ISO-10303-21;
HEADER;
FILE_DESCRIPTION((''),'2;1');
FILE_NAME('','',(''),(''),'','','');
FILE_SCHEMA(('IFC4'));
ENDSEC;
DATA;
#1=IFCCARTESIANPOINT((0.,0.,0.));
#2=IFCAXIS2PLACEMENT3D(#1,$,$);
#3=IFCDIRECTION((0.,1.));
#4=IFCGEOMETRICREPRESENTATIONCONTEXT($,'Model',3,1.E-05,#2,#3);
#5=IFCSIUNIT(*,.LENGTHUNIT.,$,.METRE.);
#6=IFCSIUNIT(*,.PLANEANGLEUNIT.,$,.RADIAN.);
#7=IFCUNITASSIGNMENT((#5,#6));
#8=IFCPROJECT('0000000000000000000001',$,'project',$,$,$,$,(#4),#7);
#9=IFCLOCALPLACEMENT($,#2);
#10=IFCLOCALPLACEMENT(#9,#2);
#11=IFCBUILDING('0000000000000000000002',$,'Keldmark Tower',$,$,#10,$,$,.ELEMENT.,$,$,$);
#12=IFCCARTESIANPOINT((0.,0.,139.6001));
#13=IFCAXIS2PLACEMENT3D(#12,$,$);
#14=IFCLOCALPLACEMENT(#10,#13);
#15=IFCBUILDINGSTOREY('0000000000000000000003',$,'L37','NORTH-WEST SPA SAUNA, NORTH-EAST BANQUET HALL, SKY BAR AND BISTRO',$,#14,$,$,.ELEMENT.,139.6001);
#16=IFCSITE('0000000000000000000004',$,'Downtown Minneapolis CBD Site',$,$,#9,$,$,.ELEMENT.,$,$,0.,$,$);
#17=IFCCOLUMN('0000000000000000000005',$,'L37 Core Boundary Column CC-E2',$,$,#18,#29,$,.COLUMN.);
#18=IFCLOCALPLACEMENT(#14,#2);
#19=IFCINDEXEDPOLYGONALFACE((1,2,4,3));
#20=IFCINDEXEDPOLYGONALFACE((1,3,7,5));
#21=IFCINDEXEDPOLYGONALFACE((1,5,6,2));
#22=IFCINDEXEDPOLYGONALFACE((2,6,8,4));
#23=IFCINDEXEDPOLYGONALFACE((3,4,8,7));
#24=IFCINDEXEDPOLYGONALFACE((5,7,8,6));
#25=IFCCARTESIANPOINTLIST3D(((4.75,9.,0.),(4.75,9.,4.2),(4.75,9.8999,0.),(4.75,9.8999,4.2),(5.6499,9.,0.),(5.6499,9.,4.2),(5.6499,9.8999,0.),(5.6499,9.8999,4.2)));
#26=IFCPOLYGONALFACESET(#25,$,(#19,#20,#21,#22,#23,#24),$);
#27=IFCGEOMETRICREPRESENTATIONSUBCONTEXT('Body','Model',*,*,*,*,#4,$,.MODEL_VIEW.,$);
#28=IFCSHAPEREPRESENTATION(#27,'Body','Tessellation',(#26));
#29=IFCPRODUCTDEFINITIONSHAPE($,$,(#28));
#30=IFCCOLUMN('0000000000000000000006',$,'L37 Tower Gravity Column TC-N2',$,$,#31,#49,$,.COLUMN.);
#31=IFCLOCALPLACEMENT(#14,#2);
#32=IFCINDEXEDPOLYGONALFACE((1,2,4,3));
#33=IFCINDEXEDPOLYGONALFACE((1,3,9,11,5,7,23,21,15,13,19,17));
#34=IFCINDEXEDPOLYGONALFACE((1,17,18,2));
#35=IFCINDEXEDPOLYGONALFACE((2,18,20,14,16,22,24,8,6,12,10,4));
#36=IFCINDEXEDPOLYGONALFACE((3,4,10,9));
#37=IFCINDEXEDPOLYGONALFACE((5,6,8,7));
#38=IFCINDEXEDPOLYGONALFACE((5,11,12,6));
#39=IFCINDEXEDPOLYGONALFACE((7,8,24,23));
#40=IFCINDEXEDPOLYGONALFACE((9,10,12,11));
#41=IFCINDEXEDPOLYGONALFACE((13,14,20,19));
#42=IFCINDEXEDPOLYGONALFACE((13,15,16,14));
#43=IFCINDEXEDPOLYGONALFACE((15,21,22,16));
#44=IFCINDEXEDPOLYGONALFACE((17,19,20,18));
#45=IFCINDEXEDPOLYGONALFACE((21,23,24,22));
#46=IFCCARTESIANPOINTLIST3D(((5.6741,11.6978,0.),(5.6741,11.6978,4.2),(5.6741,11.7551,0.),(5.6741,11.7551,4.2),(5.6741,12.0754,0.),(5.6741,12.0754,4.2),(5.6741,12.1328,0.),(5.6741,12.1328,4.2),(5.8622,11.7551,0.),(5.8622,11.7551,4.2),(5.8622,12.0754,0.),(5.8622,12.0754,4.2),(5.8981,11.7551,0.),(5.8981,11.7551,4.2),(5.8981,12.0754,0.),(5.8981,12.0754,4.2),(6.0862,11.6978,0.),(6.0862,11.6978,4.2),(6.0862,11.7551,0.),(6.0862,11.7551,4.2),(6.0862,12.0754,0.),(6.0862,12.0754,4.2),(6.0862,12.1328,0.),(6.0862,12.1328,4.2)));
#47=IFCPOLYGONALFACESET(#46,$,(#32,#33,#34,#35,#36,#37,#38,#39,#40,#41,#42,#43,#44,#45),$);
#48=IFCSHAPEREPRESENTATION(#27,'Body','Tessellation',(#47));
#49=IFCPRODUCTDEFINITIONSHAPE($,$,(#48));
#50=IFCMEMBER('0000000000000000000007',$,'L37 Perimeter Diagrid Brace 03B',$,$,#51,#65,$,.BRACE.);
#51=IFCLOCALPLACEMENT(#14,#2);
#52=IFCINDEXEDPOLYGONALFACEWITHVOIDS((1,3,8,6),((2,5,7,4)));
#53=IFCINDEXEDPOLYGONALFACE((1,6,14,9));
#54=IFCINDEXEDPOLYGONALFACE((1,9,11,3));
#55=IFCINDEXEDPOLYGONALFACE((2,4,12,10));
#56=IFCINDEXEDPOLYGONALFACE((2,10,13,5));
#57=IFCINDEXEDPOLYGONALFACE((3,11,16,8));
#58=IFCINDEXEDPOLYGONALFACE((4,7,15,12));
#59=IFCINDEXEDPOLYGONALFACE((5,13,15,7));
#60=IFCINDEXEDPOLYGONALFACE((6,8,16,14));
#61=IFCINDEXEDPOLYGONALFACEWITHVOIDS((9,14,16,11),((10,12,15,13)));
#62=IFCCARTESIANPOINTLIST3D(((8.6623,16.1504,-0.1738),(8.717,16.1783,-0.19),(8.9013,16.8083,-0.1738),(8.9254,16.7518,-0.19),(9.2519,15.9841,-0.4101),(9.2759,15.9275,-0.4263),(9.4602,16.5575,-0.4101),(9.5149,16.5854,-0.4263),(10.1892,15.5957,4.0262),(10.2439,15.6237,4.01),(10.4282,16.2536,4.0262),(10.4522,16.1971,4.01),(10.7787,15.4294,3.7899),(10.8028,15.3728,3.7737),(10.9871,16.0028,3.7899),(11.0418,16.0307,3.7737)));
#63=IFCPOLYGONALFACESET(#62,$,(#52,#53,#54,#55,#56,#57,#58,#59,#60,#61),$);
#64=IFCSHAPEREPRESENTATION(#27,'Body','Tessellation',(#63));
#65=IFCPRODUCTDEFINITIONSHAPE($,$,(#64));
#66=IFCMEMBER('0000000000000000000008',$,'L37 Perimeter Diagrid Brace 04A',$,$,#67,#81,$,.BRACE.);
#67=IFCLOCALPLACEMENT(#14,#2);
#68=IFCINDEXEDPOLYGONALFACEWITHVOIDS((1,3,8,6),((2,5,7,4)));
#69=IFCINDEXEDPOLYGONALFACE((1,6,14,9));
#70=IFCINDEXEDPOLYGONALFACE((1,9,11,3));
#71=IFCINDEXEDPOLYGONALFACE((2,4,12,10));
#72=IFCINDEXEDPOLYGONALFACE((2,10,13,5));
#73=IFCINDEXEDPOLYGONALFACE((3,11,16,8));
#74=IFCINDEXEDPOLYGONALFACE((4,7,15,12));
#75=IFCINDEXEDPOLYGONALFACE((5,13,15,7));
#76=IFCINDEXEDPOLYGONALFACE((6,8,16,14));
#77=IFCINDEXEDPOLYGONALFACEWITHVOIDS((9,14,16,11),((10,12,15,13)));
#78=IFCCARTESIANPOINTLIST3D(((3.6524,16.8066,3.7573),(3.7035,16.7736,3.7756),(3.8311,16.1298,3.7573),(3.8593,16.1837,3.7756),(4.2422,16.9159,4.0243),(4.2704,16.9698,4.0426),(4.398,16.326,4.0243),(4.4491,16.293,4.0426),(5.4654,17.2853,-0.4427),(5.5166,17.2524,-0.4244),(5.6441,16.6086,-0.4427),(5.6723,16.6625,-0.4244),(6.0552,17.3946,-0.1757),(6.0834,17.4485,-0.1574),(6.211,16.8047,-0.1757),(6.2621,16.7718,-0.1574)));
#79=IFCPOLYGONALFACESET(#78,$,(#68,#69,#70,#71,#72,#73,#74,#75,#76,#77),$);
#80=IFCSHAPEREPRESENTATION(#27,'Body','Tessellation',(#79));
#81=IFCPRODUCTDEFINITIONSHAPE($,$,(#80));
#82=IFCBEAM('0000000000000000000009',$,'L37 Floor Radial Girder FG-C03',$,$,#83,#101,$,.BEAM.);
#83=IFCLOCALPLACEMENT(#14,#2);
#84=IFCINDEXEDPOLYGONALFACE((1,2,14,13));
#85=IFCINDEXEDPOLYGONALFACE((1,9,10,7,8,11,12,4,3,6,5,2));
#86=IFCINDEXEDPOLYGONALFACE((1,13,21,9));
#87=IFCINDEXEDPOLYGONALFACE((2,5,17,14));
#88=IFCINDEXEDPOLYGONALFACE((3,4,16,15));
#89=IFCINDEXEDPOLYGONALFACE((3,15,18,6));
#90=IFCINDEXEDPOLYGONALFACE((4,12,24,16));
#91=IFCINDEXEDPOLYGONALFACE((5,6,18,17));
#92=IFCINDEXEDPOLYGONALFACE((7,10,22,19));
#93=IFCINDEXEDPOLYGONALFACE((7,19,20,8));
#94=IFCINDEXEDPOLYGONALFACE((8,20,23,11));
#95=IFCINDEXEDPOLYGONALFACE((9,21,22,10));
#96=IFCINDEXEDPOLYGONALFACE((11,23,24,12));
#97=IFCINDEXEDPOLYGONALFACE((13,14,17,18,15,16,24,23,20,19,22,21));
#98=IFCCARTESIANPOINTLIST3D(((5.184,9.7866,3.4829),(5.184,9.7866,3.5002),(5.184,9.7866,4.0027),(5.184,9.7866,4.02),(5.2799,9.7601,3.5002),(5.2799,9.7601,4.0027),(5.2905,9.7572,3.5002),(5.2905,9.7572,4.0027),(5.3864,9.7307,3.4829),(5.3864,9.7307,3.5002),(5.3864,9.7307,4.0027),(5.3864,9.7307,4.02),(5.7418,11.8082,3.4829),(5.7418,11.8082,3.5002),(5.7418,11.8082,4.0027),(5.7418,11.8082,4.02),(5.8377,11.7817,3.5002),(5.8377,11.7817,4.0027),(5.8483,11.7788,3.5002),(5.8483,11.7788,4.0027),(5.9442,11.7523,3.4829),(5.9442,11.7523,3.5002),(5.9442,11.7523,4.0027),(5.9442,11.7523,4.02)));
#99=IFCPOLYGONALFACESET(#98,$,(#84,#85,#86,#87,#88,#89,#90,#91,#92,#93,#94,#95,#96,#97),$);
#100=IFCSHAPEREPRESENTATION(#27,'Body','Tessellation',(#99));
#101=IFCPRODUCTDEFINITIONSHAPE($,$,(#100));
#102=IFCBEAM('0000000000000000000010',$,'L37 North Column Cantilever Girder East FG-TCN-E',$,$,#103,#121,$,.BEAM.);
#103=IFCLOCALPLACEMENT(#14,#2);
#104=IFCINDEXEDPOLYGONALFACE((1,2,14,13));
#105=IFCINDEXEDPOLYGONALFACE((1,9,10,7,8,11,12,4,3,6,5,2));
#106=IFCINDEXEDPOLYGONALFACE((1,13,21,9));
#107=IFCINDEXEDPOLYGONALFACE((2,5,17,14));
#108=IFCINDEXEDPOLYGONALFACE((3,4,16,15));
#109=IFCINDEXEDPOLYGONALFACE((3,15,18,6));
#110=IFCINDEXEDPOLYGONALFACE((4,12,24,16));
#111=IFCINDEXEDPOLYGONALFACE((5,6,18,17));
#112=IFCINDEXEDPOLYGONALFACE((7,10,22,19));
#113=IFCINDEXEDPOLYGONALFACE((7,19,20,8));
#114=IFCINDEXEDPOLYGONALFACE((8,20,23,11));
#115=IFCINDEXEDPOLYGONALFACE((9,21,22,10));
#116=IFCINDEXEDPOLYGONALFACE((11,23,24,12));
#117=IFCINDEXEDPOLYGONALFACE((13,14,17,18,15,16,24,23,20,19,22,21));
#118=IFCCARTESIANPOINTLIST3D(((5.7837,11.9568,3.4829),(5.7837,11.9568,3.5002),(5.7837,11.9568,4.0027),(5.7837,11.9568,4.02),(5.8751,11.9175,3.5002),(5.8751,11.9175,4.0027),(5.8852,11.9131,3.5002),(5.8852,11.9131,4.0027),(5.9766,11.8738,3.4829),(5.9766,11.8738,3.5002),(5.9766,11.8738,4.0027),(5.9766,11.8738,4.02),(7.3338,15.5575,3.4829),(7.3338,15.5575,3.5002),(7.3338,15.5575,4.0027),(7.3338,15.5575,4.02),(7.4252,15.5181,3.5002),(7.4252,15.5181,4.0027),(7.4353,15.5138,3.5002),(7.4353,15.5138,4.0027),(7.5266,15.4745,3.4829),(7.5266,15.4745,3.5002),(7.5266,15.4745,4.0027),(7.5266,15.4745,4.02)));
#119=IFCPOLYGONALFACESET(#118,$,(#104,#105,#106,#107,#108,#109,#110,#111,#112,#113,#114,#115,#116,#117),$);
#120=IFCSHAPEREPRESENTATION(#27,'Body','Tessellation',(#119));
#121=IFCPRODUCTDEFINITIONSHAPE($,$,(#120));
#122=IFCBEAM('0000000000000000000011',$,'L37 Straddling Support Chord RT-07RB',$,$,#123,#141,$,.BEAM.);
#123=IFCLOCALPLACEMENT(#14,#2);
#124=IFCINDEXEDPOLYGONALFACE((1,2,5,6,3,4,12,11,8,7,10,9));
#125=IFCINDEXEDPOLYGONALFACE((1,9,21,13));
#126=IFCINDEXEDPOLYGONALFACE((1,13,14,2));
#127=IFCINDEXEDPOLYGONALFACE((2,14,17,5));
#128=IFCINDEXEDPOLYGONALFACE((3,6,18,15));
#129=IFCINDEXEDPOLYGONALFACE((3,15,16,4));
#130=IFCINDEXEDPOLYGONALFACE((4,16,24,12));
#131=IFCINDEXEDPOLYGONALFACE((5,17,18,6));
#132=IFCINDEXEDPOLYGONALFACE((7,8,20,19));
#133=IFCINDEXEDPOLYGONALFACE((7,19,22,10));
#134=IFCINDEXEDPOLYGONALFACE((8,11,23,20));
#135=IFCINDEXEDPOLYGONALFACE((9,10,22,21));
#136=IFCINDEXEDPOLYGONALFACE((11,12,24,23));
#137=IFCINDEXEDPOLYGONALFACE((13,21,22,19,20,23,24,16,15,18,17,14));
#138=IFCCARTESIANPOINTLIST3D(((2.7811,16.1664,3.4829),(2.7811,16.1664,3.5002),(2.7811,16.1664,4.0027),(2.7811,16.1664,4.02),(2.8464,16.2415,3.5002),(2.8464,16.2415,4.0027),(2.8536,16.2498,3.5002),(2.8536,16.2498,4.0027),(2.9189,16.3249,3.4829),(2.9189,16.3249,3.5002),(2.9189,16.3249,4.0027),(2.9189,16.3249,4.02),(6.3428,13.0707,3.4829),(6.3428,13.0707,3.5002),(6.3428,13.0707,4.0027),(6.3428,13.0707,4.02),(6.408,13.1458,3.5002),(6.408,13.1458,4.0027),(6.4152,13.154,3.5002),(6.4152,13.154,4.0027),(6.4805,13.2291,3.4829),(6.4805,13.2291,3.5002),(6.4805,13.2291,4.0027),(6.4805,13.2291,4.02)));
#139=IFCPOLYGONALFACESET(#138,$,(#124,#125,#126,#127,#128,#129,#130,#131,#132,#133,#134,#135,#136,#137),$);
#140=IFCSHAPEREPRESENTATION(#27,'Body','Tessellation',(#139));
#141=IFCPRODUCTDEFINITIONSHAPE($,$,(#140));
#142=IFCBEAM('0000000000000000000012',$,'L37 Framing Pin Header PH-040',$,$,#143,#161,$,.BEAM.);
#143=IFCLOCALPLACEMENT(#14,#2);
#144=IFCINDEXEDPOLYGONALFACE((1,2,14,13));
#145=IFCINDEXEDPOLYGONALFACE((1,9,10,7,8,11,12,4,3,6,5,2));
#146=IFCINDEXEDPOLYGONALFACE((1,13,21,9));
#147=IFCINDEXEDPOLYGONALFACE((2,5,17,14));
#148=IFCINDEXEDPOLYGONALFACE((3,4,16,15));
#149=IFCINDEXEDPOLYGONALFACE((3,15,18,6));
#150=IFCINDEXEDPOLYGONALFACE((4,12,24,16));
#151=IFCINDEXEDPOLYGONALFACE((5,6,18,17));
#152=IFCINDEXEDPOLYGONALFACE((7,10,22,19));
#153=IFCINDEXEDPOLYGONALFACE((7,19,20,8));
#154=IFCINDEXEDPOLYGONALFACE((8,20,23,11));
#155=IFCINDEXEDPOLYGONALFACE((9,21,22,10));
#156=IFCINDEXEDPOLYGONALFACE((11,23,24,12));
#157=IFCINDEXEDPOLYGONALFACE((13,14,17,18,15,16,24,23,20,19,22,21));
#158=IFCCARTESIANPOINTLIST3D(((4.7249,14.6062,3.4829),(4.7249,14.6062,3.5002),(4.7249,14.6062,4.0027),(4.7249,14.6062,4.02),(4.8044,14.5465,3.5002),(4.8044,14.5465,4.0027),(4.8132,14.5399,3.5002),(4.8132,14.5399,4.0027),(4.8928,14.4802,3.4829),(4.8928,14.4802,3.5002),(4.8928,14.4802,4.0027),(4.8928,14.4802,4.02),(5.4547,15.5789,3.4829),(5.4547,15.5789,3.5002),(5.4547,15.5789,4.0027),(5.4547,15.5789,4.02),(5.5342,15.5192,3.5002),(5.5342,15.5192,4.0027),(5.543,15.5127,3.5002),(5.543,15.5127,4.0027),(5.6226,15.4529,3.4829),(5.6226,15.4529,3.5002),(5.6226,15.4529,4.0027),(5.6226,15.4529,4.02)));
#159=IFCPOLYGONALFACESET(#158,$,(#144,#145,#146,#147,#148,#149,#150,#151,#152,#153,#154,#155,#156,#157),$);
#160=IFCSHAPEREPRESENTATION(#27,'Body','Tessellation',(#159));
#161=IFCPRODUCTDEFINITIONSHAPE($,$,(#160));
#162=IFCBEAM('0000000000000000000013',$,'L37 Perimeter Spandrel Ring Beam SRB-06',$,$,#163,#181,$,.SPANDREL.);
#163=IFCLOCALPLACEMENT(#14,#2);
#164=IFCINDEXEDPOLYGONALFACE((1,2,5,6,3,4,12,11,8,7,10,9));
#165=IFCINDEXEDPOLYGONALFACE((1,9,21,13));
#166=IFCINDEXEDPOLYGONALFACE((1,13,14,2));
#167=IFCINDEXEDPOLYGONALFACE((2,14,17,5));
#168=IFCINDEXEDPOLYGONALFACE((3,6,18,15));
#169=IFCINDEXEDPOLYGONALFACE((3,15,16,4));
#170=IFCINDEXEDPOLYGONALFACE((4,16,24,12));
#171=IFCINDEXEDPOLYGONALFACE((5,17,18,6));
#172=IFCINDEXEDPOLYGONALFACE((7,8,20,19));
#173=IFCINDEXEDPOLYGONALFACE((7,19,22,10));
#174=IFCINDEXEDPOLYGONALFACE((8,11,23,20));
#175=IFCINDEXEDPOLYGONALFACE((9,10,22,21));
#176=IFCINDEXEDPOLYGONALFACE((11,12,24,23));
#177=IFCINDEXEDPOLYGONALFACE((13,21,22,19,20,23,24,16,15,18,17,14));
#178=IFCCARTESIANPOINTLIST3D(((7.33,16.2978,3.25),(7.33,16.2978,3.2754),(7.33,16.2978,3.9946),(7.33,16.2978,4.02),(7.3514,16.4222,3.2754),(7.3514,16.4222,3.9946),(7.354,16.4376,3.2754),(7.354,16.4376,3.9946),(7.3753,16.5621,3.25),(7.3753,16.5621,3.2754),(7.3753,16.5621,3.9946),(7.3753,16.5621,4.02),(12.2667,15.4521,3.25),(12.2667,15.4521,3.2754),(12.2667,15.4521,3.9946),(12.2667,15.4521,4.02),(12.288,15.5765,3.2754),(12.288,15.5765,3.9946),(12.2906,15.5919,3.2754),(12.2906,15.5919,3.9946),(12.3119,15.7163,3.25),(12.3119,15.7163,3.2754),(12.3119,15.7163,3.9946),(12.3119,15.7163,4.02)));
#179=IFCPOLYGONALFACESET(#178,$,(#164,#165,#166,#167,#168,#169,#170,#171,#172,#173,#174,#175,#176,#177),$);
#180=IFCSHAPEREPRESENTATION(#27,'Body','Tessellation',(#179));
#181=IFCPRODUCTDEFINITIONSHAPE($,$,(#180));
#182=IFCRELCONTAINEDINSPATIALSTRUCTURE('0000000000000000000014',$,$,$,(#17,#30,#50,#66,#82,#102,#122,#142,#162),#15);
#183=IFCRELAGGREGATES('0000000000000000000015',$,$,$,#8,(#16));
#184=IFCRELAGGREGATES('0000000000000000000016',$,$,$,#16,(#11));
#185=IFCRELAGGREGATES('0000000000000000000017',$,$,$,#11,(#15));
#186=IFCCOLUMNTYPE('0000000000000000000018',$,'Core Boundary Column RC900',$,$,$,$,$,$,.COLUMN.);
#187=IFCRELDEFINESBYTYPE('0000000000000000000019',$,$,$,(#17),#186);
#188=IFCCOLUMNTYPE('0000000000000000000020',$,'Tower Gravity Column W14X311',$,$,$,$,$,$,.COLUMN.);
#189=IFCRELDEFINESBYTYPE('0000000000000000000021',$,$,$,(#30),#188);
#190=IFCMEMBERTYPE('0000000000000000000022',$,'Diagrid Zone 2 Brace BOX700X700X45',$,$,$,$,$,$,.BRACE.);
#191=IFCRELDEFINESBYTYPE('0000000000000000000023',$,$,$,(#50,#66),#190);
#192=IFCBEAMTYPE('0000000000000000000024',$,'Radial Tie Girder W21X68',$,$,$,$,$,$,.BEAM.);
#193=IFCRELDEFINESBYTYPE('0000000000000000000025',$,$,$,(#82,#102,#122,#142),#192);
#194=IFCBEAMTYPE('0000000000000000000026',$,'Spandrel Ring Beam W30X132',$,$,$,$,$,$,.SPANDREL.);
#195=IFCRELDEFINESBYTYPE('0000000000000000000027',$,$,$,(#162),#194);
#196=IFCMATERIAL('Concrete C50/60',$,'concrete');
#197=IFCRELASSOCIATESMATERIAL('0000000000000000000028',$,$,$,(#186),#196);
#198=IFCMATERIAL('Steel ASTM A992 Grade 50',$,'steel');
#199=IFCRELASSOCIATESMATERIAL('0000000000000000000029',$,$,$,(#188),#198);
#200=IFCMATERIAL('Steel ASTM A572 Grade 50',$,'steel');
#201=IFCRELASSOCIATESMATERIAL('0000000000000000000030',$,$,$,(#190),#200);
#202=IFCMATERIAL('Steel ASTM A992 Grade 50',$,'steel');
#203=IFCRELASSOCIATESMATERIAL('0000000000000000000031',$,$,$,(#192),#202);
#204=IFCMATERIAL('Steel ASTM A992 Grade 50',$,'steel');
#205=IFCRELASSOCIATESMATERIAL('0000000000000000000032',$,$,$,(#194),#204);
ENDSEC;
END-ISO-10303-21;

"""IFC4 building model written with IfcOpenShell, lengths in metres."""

from ifc_helpers import new_model, si_unit, direction, frame, origin, origin_2d, place, context, subcontext, project, spatial, rectangle, hollow_rectangle, i_section, extrude, material, material_profile, profile_set, type_object, element, save


model = new_model("IFC4")

# Units and contexts
model_context = context("Model", 3, precision=1e-05, world=origin(), true_north=direction((0.0, 1.0)))
body_context = subcontext(model_context, "Body", "Model", "MODEL_VIEW")
ifc_project = project(units=[si_unit("LENGTHUNIT", "METRE"), si_unit("PLANEANGLEUNIT", "RADIAN")], contexts=[model_context])

# Site, building, storey
site_placement = place(None, origin())
site = spatial("IfcSite", under=ifc_project, at=site_placement, Name="Downtown Minneapolis CBD Site", CompositionType="ELEMENT", RefElevation=0.0)
building_placement = place(site_placement, origin())
building = spatial("IfcBuilding", under=site, at=building_placement, Name="Keldmark Tower", CompositionType="ELEMENT")
storey_placement = place(building_placement, frame((0.0, 0.0, 139.6001)))
storey = spatial("IfcBuildingStorey", under=building, at=storey_placement, Name="L37", Description="NORTH-WEST SPA SAUNA, NORTH-EAST BANQUET HALL, SKY BAR AND BISTRO", CompositionType="ELEMENT", Elevation=139.6001)

# Columns
ifc_material_1 = material(Name="Concrete C50/60", Category="concrete")
ifc_material_profile_1 = material_profile(ifc_material_1, rectangle(XDim=0.8999, YDim=0.8999, at=origin_2d()), Name="RC900X900")
ifc_profile_set_1 = profile_set([ifc_material_profile_1], Name="Concrete C50/60")
column_type_1 = type_object("IfcColumnType", Name="Core Boundary Column RC900", PredefinedType="COLUMN", material=ifc_profile_set_1)
column_1_placement = place(storey_placement, frame((5.2, 9.45, 0.0), z_axis=(0.0, 0.0, 1.0), x_axis=(1.0, 0.0, 0.0)))
element("IfcColumn", 1, at=column_1_placement, inside=storey, type_object=column_type_1, Name="L37 Core Boundary Column CC-E2", PredefinedType="COLUMN", context=body_context, shape_type="SweptSolid", body=[
    extrude(rectangle(XDim=0.8999, YDim=0.8999, at=origin_2d()), origin(), (0.0, 0.0, 1.0), 4.2),
])
ifc_material_2 = material(Name="Steel ASTM A992 Grade 50", Category="steel")
ifc_material_profile_2 = material_profile(ifc_material_2, i_section(OverallWidth=0.4121, OverallDepth=0.4351, WebThickness=0.0359, FlangeThickness=0.0574, at=origin_2d()), Name="W14X311")
ifc_profile_set_2 = profile_set([ifc_material_profile_2], Name="Steel ASTM A992 Grade 50")
column_type_2 = type_object("IfcColumnType", Name="Tower Gravity Column W14X311", PredefinedType="COLUMN", material=ifc_profile_set_2)
column_2_placement = place(storey_placement, frame((5.8801, 11.9153, 0.0), z_axis=(0.0, 0.0, 1.0), x_axis=(1.0, 0.0, 0.0)))
element("IfcColumn", 2, at=column_2_placement, inside=storey, type_object=column_type_2, Name="L37 Tower Gravity Column TC-N2", PredefinedType="COLUMN", context=body_context, shape_type="SweptSolid", body=[
    extrude(i_section(OverallWidth=0.4121, OverallDepth=0.4351, WebThickness=0.0359, FlangeThickness=0.0574, at=origin_2d()), origin(), (0.0, 0.0, 1.0), 4.2),
])

# Members
ifc_material_3 = material(Name="Steel ASTM A572 Grade 50", Category="steel")
ifc_material_profile_3 = material_profile(ifc_material_3, hollow_rectangle(XDim=0.7, YDim=0.7, WallThickness=0.0449, at=origin_2d()), Name="BOX700X700X45")
ifc_profile_set_3 = profile_set([ifc_material_profile_3], Name="Steel ASTM A572 Grade 50")
member_type = type_object("IfcMemberType", Name="Diagrid Zone 2 Brace BOX700X700X45", PredefinedType="BRACE", material=ifc_profile_set_3)
member_1_placement = place(storey_placement, frame((9.0886, 16.3679, -0.3), z_axis=(0.339062, -0.123177, 0.932665), x_axis=(0.341453, 0.939899, 0.0)))
element("IfcMember", 3, at=member_1_placement, inside=storey, type_object=member_type, Name="L37 Perimeter Diagrid Brace 03B", PredefinedType="BRACE", context=body_context, shape_type="SweptSolid", body=[
    extrude(hollow_rectangle(XDim=0.7, YDim=0.7, WallThickness=0.0449, at=origin_2d()), origin(), (0.0, 0.0, 1.0), 4.5032),
])
member_2_placement = place(storey_placement, frame((5.8638, 17.0286, -0.3), z_axis=(-0.394168, -0.104089, 0.913125), x_axis=(0.25532, -0.966857, 0.0)))
element("IfcMember", 4, at=member_2_placement, inside=storey, type_object=member_type, Name="L37 Perimeter Diagrid Brace 04A", PredefinedType="BRACE", context=body_context, shape_type="SweptSolid", body=[
    extrude(hollow_rectangle(XDim=0.7, YDim=0.7, WallThickness=0.0449, at=origin_2d()), origin(), (0.0, 0.0, 1.0), 4.5996),
])

# Beams
ifc_material_4 = material(Name="Steel ASTM A992 Grade 50", Category="steel")
ifc_material_profile_4 = material_profile(ifc_material_4, i_section(OverallWidth=0.21, OverallDepth=0.5371, WebThickness=0.011, FlangeThickness=0.0173, at=origin_2d()), Name="W21X68")
ifc_profile_set_4 = profile_set([ifc_material_profile_4], Name="Steel ASTM A992 Grade 50")
beam_type_1 = type_object("IfcBeamType", Name="Radial Tie Girder W21X68", PredefinedType="BEAM", material=ifc_profile_set_4)
beam_1_placement = place(storey_placement, frame((5.843, 11.7803, 3.7515), z_axis=(-0.265992, -0.963975, 0.0), x_axis=(0.963975, -0.265992, 0.0)))
element("IfcBeam", 5, at=beam_1_placement, inside=storey, type_object=beam_type_1, Name="L37 Floor Radial Girder FG-C03", PredefinedType="BEAM", context=body_context, shape_type="SweptSolid", body=[
    extrude(i_section(OverallWidth=0.21, OverallDepth=0.5371, WebThickness=0.011, FlangeThickness=0.0173, at=origin_2d()), origin(), (0.0, 0.0, 1.0), 2.0972),
])
beam_2_placement = place(storey_placement, frame((5.8801, 11.9153, 3.7515), z_axis=(0.395415, 0.918503, 0.0), x_axis=(-0.918503, 0.395415, 0.0)))
element("IfcBeam", 6, at=beam_2_placement, inside=storey, type_object=beam_type_1, Name="L37 North Column Cantilever Girder East FG-TCN-E", PredefinedType="BEAM", context=body_context, shape_type="SweptSolid", body=[
    extrude(i_section(OverallWidth=0.21, OverallDepth=0.5371, WebThickness=0.011, FlangeThickness=0.0173, at=origin_2d()), origin(), (0.0, 0.0, 1.0), 3.9202),
])
beam_3_placement = place(storey_placement, frame((6.4116, 13.1499, 3.7515), z_axis=(-0.754739, 0.656025, 0.0), x_axis=(-0.656025, -0.754739, 0.0)))
element("IfcBeam", 7, at=beam_3_placement, inside=storey, type_object=beam_type_1, Name="L37 Straddling Support Chord RT-07RB", PredefinedType="BEAM", context=body_context, shape_type="SweptSolid", body=[
    extrude(i_section(OverallWidth=0.21, OverallDepth=0.5371, WebThickness=0.011, FlangeThickness=0.0173, at=origin_2d()), origin(), (0.0, 0.0, 1.0), 4.719),
])
beam_4_placement = place(storey_placement, frame((4.8088, 14.5432, 3.7515), z_axis=(0.600128, 0.799904, 0.0), x_axis=(-0.799904, 0.600128, 0.0)))
element("IfcBeam", 8, at=beam_4_placement, inside=storey, type_object=beam_type_1, Name="L37 Framing Pin Header PH-040", PredefinedType="BEAM", context=body_context, shape_type="SweptSolid", body=[
    extrude(i_section(OverallWidth=0.21, OverallDepth=0.5371, WebThickness=0.011, FlangeThickness=0.0173, at=origin_2d()), origin(), (0.0, 0.0, 1.0), 1.2161),
])
ifc_material_5 = material(Name="Steel ASTM A992 Grade 50", Category="steel")
ifc_material_profile_5 = material_profile(ifc_material_5, i_section(OverallWidth=0.2681, OverallDepth=0.77, WebThickness=0.0156, FlangeThickness=0.0254, at=origin_2d()), Name="W30X132")
ifc_profile_set_5 = profile_set([ifc_material_profile_5], Name="Steel ASTM A992 Grade 50")
beam_type_2 = type_object("IfcBeamType", Name="Spandrel Ring Beam W30X132", PredefinedType="SPANDREL", material=ifc_profile_set_5)
beam_5_placement = place(storey_placement, frame((12.2893, 15.5842, 3.635), z_axis=(-0.985641, 0.168856, 0.0), x_axis=(-0.168856, -0.985641, 0.0)))
element("IfcBeam", 9, at=beam_5_placement, inside=storey, type_object=beam_type_2, Name="L37 Perimeter Spandrel Ring Beam SRB-06", PredefinedType="SPANDREL", context=body_context, shape_type="SweptSolid", body=[
    extrude(i_section(OverallWidth=0.2681, OverallDepth=0.77, WebThickness=0.0156, FlangeThickness=0.0254, at=origin_2d()), origin(), (0.0, 0.0, 1.0), 5.0085),
])

save(model, "model.ifc")
